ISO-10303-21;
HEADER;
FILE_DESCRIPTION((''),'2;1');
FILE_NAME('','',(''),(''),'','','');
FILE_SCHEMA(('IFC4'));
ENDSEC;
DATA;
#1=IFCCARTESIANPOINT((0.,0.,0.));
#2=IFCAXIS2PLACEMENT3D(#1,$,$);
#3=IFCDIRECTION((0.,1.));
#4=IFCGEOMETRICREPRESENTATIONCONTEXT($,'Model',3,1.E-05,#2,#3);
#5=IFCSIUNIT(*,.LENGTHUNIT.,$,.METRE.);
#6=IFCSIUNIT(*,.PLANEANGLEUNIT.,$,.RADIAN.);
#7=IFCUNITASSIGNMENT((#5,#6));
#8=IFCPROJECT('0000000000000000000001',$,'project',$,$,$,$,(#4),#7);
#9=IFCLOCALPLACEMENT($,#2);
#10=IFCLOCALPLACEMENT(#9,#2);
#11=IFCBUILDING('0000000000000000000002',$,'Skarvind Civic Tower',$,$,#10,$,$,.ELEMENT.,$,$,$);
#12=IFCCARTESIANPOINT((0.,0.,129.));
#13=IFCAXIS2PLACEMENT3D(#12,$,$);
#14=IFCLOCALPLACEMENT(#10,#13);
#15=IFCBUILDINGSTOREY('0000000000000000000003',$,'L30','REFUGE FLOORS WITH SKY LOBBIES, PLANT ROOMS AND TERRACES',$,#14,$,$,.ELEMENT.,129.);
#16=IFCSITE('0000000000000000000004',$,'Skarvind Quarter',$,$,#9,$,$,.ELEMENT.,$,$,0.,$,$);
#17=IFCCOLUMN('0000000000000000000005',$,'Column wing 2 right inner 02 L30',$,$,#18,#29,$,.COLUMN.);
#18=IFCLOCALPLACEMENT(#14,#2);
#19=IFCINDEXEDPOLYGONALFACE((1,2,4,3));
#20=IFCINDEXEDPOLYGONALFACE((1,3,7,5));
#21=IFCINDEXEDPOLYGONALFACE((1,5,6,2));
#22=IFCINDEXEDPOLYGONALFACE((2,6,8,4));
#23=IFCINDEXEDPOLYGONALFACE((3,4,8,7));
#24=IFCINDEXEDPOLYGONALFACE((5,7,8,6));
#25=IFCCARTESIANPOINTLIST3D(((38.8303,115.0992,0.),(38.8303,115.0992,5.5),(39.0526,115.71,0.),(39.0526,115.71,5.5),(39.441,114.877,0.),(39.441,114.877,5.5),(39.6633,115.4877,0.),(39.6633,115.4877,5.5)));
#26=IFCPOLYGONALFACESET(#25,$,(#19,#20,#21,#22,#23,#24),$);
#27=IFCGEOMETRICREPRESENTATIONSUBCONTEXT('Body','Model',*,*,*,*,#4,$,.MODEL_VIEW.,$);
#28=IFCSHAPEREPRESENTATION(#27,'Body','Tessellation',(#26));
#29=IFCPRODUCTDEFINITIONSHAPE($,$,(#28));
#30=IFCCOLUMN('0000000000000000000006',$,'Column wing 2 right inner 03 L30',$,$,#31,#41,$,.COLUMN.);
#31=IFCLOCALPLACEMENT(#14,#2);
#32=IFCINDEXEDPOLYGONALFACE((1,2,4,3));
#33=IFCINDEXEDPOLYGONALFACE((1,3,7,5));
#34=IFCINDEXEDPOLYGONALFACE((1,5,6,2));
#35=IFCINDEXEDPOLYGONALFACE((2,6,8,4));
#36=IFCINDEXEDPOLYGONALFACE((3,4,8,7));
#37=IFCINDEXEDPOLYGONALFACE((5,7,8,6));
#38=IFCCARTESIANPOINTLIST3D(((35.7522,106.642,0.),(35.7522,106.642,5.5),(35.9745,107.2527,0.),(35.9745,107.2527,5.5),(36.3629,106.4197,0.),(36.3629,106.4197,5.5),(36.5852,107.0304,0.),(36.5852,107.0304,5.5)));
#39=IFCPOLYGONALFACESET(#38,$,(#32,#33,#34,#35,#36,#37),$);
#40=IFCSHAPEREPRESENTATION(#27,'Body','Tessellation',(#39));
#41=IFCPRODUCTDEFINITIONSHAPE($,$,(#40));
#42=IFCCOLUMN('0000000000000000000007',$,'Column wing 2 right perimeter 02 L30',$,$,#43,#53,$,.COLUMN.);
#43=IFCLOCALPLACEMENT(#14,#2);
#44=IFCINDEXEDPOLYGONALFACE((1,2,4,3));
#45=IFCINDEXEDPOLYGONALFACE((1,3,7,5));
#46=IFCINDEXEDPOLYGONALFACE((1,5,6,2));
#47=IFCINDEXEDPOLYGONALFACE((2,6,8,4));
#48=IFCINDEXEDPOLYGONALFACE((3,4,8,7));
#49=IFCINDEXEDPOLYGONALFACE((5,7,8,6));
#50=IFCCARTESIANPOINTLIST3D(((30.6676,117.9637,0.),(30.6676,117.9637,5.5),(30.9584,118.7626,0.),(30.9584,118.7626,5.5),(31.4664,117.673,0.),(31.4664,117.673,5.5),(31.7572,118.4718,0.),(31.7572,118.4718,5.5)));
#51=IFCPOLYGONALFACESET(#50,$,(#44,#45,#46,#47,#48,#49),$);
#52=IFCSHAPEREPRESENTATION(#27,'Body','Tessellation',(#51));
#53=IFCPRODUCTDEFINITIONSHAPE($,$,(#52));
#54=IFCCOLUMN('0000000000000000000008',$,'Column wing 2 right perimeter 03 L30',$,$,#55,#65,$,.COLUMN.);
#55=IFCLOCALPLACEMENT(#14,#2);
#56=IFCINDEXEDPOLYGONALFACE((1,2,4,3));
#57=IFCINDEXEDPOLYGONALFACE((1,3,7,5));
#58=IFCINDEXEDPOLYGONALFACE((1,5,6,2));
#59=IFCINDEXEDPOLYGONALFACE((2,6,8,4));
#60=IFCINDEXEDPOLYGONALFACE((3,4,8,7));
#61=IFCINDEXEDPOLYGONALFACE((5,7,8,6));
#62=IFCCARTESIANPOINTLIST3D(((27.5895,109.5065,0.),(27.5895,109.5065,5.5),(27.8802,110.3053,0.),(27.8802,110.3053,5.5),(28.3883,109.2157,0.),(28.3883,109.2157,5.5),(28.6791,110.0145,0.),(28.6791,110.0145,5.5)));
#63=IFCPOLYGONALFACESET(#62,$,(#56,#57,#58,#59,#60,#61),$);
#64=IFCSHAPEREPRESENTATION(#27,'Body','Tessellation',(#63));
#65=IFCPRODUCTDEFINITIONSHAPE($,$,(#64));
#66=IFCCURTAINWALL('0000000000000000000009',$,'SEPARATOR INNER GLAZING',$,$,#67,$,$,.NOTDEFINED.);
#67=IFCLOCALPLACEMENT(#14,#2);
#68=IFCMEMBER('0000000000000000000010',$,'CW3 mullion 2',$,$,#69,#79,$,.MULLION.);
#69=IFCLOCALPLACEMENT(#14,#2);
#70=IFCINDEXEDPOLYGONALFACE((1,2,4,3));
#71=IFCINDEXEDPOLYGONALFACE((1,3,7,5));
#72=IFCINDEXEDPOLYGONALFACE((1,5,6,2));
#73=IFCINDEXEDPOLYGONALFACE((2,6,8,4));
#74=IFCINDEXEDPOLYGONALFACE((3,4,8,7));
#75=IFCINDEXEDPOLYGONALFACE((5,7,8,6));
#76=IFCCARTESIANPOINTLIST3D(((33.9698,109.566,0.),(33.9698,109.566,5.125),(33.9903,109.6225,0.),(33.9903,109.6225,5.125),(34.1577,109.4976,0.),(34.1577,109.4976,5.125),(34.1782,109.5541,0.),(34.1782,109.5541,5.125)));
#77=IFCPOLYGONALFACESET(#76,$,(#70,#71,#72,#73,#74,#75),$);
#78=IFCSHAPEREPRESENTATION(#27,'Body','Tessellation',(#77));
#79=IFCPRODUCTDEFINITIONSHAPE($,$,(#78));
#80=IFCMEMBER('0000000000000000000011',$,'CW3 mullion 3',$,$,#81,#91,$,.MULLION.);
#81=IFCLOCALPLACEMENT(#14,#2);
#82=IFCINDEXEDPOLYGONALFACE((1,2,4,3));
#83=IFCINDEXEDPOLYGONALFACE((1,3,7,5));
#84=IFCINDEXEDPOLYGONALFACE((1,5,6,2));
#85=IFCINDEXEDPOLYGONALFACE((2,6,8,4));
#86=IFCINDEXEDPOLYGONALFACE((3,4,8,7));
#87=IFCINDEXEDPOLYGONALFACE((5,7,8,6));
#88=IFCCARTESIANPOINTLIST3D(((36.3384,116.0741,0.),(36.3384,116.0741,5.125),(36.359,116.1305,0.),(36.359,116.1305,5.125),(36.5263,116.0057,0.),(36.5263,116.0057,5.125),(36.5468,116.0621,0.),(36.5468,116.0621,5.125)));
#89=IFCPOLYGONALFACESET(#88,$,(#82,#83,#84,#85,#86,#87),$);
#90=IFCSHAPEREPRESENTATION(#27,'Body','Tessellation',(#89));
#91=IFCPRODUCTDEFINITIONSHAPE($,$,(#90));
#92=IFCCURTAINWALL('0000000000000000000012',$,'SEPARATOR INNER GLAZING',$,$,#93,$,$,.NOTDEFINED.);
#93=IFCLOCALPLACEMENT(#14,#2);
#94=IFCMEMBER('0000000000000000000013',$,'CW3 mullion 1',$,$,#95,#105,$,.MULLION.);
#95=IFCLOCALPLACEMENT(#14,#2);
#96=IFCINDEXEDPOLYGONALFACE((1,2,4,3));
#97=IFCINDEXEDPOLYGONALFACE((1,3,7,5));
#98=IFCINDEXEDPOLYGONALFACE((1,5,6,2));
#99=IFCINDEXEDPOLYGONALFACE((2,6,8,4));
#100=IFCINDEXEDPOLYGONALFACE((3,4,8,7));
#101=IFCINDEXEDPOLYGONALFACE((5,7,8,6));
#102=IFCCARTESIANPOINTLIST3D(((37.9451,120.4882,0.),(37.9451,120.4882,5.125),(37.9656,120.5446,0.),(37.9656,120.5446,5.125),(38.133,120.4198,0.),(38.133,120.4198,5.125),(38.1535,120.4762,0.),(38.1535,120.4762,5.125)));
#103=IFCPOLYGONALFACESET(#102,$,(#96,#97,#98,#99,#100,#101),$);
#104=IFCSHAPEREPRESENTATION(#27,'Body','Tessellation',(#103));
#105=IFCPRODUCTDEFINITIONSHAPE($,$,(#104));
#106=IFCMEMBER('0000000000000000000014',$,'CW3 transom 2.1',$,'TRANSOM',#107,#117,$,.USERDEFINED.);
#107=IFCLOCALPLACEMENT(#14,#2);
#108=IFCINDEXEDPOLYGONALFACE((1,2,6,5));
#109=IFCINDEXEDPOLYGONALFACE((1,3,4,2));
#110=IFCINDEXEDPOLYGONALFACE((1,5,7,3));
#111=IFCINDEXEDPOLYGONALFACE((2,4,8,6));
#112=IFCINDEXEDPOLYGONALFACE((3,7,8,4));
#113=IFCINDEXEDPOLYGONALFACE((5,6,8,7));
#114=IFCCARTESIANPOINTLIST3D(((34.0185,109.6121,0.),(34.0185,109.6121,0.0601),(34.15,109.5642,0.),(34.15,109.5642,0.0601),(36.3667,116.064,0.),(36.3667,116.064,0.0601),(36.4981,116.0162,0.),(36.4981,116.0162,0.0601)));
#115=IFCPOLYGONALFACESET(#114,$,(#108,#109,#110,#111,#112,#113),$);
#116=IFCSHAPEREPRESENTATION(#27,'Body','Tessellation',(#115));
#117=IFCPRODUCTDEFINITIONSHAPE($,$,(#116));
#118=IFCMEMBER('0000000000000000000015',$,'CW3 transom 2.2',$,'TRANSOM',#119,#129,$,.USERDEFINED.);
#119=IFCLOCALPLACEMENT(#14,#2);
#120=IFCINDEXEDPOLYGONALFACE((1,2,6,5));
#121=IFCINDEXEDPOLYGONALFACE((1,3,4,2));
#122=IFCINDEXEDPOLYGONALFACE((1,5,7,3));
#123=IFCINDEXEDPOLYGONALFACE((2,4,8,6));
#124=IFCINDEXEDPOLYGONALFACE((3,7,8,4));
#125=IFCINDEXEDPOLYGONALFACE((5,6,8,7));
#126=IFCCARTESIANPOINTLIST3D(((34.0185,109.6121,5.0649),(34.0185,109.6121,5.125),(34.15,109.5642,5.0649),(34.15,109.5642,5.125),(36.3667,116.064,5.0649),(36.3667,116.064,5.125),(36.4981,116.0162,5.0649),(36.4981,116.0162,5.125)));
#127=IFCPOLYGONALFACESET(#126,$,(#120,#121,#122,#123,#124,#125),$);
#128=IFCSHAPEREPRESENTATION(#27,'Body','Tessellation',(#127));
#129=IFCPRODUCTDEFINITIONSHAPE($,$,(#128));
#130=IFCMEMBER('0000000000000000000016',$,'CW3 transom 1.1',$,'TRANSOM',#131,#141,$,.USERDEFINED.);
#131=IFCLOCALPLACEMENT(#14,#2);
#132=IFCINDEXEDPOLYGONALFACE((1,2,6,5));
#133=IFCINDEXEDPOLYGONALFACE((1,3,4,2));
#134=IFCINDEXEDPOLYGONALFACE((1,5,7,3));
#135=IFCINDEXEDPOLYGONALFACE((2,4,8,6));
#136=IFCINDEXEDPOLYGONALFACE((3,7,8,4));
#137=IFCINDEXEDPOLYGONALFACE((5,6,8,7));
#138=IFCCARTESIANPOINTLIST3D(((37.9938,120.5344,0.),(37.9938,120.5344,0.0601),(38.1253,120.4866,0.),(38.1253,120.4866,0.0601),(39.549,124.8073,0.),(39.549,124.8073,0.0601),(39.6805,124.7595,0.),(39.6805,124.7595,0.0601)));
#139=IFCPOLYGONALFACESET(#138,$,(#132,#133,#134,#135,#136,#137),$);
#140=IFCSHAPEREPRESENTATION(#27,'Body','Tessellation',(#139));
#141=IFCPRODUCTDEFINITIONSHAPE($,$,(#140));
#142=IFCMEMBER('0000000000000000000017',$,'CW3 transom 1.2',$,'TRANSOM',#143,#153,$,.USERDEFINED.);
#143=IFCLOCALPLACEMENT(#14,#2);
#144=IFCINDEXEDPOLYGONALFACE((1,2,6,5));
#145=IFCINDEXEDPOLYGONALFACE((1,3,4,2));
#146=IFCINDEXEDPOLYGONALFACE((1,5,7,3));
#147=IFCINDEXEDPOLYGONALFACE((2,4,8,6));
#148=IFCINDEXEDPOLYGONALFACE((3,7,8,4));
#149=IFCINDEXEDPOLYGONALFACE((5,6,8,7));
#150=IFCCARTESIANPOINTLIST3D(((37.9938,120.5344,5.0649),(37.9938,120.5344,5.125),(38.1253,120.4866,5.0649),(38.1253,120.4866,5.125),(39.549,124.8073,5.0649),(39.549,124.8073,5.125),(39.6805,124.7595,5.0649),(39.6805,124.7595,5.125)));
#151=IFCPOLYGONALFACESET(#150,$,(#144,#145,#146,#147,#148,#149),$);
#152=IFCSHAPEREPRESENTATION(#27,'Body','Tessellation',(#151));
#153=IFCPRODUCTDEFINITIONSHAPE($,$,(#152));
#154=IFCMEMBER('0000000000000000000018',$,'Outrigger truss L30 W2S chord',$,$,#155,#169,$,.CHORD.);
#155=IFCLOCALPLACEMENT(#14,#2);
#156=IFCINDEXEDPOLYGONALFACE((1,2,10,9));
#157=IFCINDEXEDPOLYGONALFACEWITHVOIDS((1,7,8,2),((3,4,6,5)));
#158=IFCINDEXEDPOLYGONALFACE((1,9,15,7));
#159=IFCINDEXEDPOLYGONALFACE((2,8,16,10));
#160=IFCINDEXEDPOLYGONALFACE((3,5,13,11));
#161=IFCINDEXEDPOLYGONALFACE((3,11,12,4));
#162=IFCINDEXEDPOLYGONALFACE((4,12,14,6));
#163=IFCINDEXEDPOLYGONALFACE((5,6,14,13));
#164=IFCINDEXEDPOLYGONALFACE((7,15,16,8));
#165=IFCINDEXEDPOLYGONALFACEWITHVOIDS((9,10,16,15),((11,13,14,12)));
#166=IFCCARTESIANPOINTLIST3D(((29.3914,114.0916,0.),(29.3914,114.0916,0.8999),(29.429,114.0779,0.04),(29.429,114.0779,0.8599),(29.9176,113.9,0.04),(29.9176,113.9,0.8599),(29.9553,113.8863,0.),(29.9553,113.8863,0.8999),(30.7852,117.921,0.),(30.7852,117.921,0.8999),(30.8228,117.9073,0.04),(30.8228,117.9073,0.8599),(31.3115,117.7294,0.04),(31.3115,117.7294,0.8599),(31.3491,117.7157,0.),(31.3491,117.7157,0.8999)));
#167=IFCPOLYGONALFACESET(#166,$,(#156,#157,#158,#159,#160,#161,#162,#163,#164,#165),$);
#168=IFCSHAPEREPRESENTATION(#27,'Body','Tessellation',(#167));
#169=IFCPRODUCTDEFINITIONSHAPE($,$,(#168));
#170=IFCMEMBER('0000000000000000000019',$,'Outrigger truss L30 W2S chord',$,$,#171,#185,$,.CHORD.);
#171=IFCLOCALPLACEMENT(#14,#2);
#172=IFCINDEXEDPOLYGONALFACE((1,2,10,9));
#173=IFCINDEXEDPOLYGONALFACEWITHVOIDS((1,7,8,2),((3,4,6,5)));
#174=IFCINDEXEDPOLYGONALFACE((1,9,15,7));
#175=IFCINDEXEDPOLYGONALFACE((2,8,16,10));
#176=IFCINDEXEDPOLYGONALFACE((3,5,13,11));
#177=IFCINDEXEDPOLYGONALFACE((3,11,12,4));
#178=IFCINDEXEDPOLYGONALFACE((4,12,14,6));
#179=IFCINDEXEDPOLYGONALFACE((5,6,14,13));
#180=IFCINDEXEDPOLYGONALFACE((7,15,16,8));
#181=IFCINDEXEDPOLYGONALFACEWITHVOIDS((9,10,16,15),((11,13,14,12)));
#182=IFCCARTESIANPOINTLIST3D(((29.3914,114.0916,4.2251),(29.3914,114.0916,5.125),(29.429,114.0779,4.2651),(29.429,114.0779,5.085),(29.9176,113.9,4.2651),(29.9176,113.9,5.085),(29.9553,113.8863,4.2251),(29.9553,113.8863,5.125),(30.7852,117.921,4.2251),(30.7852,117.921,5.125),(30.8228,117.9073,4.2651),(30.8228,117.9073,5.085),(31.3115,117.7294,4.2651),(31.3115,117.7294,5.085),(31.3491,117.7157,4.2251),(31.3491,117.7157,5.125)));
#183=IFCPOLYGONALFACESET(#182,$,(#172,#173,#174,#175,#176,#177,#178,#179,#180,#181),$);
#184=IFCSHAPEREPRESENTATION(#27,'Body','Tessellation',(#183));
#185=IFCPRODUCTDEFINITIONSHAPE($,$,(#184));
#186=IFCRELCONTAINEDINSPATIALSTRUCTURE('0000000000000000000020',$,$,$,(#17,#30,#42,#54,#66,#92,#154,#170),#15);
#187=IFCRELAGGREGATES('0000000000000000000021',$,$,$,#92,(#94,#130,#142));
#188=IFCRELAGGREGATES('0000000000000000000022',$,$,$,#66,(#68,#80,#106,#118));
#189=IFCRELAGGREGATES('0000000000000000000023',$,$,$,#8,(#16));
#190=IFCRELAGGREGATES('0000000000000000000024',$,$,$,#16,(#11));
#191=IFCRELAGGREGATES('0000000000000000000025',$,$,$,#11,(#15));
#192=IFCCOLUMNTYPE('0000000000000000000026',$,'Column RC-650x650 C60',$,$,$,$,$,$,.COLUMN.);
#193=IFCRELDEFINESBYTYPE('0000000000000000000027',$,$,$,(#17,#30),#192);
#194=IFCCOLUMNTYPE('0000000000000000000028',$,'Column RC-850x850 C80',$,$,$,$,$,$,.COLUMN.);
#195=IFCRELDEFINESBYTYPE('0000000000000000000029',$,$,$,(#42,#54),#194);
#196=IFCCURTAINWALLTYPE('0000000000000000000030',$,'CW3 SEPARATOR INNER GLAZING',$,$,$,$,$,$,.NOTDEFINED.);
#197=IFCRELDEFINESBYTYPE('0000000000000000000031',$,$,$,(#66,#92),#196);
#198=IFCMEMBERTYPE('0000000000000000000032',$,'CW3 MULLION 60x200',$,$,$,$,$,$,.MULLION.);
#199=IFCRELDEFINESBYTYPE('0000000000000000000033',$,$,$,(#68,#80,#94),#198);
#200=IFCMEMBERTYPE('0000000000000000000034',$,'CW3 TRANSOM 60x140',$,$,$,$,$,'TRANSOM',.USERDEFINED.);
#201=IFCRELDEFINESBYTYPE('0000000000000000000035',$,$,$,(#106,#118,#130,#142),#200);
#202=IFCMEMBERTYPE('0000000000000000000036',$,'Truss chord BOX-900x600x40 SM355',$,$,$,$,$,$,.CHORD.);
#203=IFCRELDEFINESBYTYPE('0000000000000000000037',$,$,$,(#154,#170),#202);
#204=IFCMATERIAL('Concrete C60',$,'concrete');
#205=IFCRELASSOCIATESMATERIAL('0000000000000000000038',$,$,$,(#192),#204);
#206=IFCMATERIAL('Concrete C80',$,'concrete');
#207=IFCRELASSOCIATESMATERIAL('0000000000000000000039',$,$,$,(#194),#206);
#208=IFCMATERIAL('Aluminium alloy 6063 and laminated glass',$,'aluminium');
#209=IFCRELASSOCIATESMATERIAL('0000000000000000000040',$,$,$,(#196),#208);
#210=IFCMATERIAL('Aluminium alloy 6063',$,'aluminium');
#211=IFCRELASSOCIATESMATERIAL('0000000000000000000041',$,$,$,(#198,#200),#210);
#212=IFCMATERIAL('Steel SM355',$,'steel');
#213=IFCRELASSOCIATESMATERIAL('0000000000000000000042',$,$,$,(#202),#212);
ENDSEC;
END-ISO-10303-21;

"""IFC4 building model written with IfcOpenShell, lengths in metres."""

from ifc_helpers import new_model, si_unit, direction, frame, origin, origin_2d, place, context, subcontext, project, spatial, rectangle, hollow_rectangle, extrude, material, material_profile, profile_set, type_object, element, aggregate, save


model = new_model("IFC4")

# Units and contexts
model_context = context("Model", 3, precision=1e-05, world=origin(), true_north=direction((0.0, 1.0)))
body_context = subcontext(model_context, "Body", "Model", "MODEL_VIEW")
ifc_project = project(units=[si_unit("LENGTHUNIT", "METRE"), si_unit("PLANEANGLEUNIT", "RADIAN")], contexts=[model_context])

# Site, building, storey
site_placement = place(None, origin())
site = spatial("IfcSite", under=ifc_project, at=site_placement, Name="Skarvind Quarter", CompositionType="ELEMENT", RefElevation=0.0)
building_placement = place(site_placement, origin())
building = spatial("IfcBuilding", under=site, at=building_placement, Name="Skarvind Civic Tower", CompositionType="ELEMENT")
storey_placement = place(building_placement, frame((0.0, 0.0, 129.0)))
storey = spatial("IfcBuildingStorey", under=building, at=storey_placement, Name="L30", Description="REFUGE FLOORS WITH SKY LOBBIES, PLANT ROOMS AND TERRACES", CompositionType="ELEMENT", Elevation=129.0)

# Columns
ifc_material_1 = material(Name="Concrete C60", Category="concrete")
ifc_material_profile_1 = material_profile(ifc_material_1, rectangle(XDim=0.6499, YDim=0.6499, at=origin_2d()), Name="RC-650x650")
ifc_profile_set_1 = profile_set([ifc_material_profile_1], Name="Concrete C60")
column_type_1 = type_object("IfcColumnType", Name="Column RC-650x650 C60", PredefinedType="COLUMN", material=ifc_profile_set_1)
for number, where, z_axis, x_axis, name in (
    (1, (39.2468, 115.2935, 0.0), (0.0, 0.0, 1.0), (-0.34202, -0.939693, 0.0), "Column wing 2 right inner 02 L30"),
    (2, (36.1687, 106.8362, 0.0), (0.0, 0.0, 1.0), (-0.34202, -0.939693, 0.0), "Column wing 2 right inner 03 L30"),
):
    element("IfcColumn", number, at=place(storey_placement, frame(where, z_axis=z_axis, x_axis=x_axis)), inside=storey, type_object=column_type_1, Name=name, PredefinedType="COLUMN", context=body_context, shape_type="SweptSolid", body=[
        extrude(rectangle(XDim=0.6499, YDim=0.6499, at=origin_2d()), origin(), (0.0, 0.0, 1.0), 5.5),
    ])
ifc_material_2 = material(Name="Concrete C80", Category="concrete")
ifc_material_profile_2 = material_profile(ifc_material_2, rectangle(XDim=0.8501, YDim=0.8501, at=origin_2d()), Name="RC-850x850")
ifc_profile_set_2 = profile_set([ifc_material_profile_2], Name="Concrete C80")
column_type_2 = type_object("IfcColumnType", Name="Column RC-850x850 C80", PredefinedType="COLUMN", material=ifc_profile_set_2)
for number, where, z_axis, x_axis, name in (
    (3, (31.2124, 118.2178, 0.0), (0.0, 0.0, 1.0), (-0.34202, -0.939693, 0.0), "Column wing 2 right perimeter 02 L30"),
    (4, (28.1343, 109.7605, 0.0), (0.0, 0.0, 1.0), (-0.34202, -0.939693, 0.0), "Column wing 2 right perimeter 03 L30"),
):
    element("IfcColumn", number, at=place(storey_placement, frame(where, z_axis=z_axis, x_axis=x_axis)), inside=storey, type_object=column_type_2, Name=name, PredefinedType="COLUMN", context=body_context, shape_type="SweptSolid", body=[
        extrude(rectangle(XDim=0.8501, YDim=0.8501, at=origin_2d()), origin(), (0.0, 0.0, 1.0), 5.5),
    ])

# Curtain wall, members
ifc_material_3 = material(Name="Aluminium alloy 6063 and laminated glass", Category="aluminium")
curtain_wall_type = type_object("IfcCurtainWallType", Name="CW3 SEPARATOR INNER GLAZING", PredefinedType="NOTDEFINED", material=ifc_material_3)
curtain_wall_1_placement = place(storey_placement, origin())
curtain_wall_1 = element("IfcCurtainWall", 5, at=curtain_wall_1_placement, inside=storey, type_object=curtain_wall_type, Name="SEPARATOR INNER GLAZING", PredefinedType="NOTDEFINED")
ifc_material_4 = material(Name="Aluminium alloy 6063", Category="aluminium")
ifc_material_profile_3 = material_profile(ifc_material_4, rectangle(XDim=0.2, YDim=0.0601, at=origin_2d()), Name="AL 60x200")
ifc_profile_set_3 = profile_set([ifc_material_profile_3], Name="Aluminium alloy 6063")
member_type_1 = type_object("IfcMemberType", Name="CW3 MULLION 60x200", PredefinedType="MULLION", material=ifc_profile_set_3)
member_1_placement = place(storey_placement, frame((34.074, 109.5601, 0.0), z_axis=(0.0, 0.0, 1.0), x_axis=(-0.939692, 0.342022, 0.0)))
member_1 = element("IfcMember", 6, at=member_1_placement, type_object=member_type_1, Name="CW3 mullion 2", PredefinedType="MULLION", context=body_context, shape_type="SweptSolid", body=[
    extrude(rectangle(XDim=0.2, YDim=0.0601, at=origin_2d()), origin(), (0.0, 0.0, 1.0), 5.125),
])
member_2_placement = place(storey_placement, frame((36.4426, 116.0681, 0.0), z_axis=(0.0, 0.0, 1.0), x_axis=(-0.939692, 0.342022, 0.0)))
member_2 = element("IfcMember", 7, at=member_2_placement, type_object=member_type_1, Name="CW3 mullion 3", PredefinedType="MULLION", context=body_context, shape_type="SweptSolid", body=[
    extrude(rectangle(XDim=0.2, YDim=0.0601, at=origin_2d()), origin(), (0.0, 0.0, 1.0), 5.125),
])

# Curtain wall, member
curtain_wall_2_placement = place(storey_placement, origin())
curtain_wall_2 = element("IfcCurtainWall", 8, at=curtain_wall_2_placement, inside=storey, type_object=curtain_wall_type, Name="SEPARATOR INNER GLAZING", PredefinedType="NOTDEFINED")
member_3_placement = place(storey_placement, frame((38.0493, 120.4822, 0.0), z_axis=(0.0, 0.0, 1.0), x_axis=(-0.93969, 0.342026, 0.0)))
member_3 = element("IfcMember", 9, at=member_3_placement, type_object=member_type_1, Name="CW3 mullion 1", PredefinedType="MULLION", context=body_context, shape_type="SweptSolid", body=[
    extrude(rectangle(XDim=0.2, YDim=0.0601, at=origin_2d()), origin(), (0.0, 0.0, 1.0), 5.125),
])

# Members
ifc_material_profile_4 = material_profile(ifc_material_4, rectangle(XDim=0.1399, YDim=0.0601, at=origin_2d()), Name="AL 60x140")
ifc_profile_set_4 = profile_set([ifc_material_profile_4], Name="Aluminium alloy 6063")
member_type_2 = type_object("IfcMemberType", Name="CW3 TRANSOM 60x140", ElementType="TRANSOM", PredefinedType="USERDEFINED", material=ifc_profile_set_4)
member_4_placement = place(storey_placement, frame((34.0842, 109.5881, 0.03), z_axis=(0.342, 0.9397, 0.0), x_axis=(-0.9397, 0.342, 0.0)))
member_4 = element("IfcMember", 10, at=member_4_placement, type_object=member_type_2, Name="CW3 transom 2.1", ObjectType="TRANSOM", PredefinedType="USERDEFINED", context=body_context, shape_type="SweptSolid", body=[
    extrude(rectangle(XDim=0.1399, YDim=0.0601, at=origin_2d()), origin(), (0.0, 0.0, 1.0), 6.866),
])
member_5_placement = place(storey_placement, frame((34.0842, 109.5881, 5.095), z_axis=(0.342, 0.9397, 0.0), x_axis=(-0.9397, 0.342, 0.0)))
member_5 = element("IfcMember", 11, at=member_5_placement, type_object=member_type_2, Name="CW3 transom 2.2", ObjectType="TRANSOM", PredefinedType="USERDEFINED", context=body_context, shape_type="SweptSolid", body=[
    extrude(rectangle(XDim=0.1399, YDim=0.0601, at=origin_2d()), origin(), (0.0, 0.0, 1.0), 6.866),
])
member_6_placement = place(storey_placement, frame((38.0596, 120.5105, 0.03), z_axis=(0.34201, 0.939696, 0.0), x_axis=(-0.939696, 0.34201, 0.0)))
member_6 = element("IfcMember", 12, at=member_6_placement, type_object=member_type_2, Name="CW3 transom 1.1", ObjectType="TRANSOM", PredefinedType="USERDEFINED", context=body_context, shape_type="SweptSolid", body=[
    extrude(rectangle(XDim=0.1399, YDim=0.0601, at=origin_2d()), origin(), (0.0, 0.0, 1.0), 4.5471),
])
member_7_placement = place(storey_placement, frame((38.0596, 120.5105, 5.095), z_axis=(0.34201, 0.939696, 0.0), x_axis=(-0.939696, 0.34201, 0.0)))
member_7 = element("IfcMember", 13, at=member_7_placement, type_object=member_type_2, Name="CW3 transom 1.2", ObjectType="TRANSOM", PredefinedType="USERDEFINED", context=body_context, shape_type="SweptSolid", body=[
    extrude(rectangle(XDim=0.1399, YDim=0.0601, at=origin_2d()), origin(), (0.0, 0.0, 1.0), 4.5471),
])
aggregate(curtain_wall_2, [member_3, member_6, member_7])

# Members
ifc_material_5 = material(Name="Steel SM355", Category="steel")
ifc_material_profile_5 = material_profile(ifc_material_5, hollow_rectangle(XDim=0.6001, YDim=0.8999, WallThickness=0.04, at=origin_2d()), Name="BOX-900x600x40")
ifc_profile_set_5 = profile_set([ifc_material_profile_5], Name="Steel SM355")
member_type_3 = type_object("IfcMemberType", Name="Truss chord BOX-900x600x40 SM355", PredefinedType="CHORD", material=ifc_profile_set_5)
for number, where, z_axis, x_axis, name in (
    (14, (31.0671, 117.8184, 0.45), (-0.342027, -0.93969, 0.0), (0.93969, -0.342027, 0.0), "Outrigger truss L30 W2S chord"),
    (15, (31.0671, 117.8184, 4.675), (-0.342027, -0.93969, 0.0), (0.93969, -0.342027, 0.0), "Outrigger truss L30 W2S chord"),
):
    element("IfcMember", number, at=place(storey_placement, frame(where, z_axis=z_axis, x_axis=x_axis)), inside=storey, type_object=member_type_3, Name=name, PredefinedType="CHORD", context=body_context, shape_type="SweptSolid", body=[
        extrude(hollow_rectangle(XDim=0.6001, YDim=0.8999, WallThickness=0.04, at=origin_2d()), origin(), (0.0, 0.0, 1.0), 4.0752),
    ])

aggregate(curtain_wall_1, [member_1, member_2, member_4, member_5])

save(model, "model.ifc")
